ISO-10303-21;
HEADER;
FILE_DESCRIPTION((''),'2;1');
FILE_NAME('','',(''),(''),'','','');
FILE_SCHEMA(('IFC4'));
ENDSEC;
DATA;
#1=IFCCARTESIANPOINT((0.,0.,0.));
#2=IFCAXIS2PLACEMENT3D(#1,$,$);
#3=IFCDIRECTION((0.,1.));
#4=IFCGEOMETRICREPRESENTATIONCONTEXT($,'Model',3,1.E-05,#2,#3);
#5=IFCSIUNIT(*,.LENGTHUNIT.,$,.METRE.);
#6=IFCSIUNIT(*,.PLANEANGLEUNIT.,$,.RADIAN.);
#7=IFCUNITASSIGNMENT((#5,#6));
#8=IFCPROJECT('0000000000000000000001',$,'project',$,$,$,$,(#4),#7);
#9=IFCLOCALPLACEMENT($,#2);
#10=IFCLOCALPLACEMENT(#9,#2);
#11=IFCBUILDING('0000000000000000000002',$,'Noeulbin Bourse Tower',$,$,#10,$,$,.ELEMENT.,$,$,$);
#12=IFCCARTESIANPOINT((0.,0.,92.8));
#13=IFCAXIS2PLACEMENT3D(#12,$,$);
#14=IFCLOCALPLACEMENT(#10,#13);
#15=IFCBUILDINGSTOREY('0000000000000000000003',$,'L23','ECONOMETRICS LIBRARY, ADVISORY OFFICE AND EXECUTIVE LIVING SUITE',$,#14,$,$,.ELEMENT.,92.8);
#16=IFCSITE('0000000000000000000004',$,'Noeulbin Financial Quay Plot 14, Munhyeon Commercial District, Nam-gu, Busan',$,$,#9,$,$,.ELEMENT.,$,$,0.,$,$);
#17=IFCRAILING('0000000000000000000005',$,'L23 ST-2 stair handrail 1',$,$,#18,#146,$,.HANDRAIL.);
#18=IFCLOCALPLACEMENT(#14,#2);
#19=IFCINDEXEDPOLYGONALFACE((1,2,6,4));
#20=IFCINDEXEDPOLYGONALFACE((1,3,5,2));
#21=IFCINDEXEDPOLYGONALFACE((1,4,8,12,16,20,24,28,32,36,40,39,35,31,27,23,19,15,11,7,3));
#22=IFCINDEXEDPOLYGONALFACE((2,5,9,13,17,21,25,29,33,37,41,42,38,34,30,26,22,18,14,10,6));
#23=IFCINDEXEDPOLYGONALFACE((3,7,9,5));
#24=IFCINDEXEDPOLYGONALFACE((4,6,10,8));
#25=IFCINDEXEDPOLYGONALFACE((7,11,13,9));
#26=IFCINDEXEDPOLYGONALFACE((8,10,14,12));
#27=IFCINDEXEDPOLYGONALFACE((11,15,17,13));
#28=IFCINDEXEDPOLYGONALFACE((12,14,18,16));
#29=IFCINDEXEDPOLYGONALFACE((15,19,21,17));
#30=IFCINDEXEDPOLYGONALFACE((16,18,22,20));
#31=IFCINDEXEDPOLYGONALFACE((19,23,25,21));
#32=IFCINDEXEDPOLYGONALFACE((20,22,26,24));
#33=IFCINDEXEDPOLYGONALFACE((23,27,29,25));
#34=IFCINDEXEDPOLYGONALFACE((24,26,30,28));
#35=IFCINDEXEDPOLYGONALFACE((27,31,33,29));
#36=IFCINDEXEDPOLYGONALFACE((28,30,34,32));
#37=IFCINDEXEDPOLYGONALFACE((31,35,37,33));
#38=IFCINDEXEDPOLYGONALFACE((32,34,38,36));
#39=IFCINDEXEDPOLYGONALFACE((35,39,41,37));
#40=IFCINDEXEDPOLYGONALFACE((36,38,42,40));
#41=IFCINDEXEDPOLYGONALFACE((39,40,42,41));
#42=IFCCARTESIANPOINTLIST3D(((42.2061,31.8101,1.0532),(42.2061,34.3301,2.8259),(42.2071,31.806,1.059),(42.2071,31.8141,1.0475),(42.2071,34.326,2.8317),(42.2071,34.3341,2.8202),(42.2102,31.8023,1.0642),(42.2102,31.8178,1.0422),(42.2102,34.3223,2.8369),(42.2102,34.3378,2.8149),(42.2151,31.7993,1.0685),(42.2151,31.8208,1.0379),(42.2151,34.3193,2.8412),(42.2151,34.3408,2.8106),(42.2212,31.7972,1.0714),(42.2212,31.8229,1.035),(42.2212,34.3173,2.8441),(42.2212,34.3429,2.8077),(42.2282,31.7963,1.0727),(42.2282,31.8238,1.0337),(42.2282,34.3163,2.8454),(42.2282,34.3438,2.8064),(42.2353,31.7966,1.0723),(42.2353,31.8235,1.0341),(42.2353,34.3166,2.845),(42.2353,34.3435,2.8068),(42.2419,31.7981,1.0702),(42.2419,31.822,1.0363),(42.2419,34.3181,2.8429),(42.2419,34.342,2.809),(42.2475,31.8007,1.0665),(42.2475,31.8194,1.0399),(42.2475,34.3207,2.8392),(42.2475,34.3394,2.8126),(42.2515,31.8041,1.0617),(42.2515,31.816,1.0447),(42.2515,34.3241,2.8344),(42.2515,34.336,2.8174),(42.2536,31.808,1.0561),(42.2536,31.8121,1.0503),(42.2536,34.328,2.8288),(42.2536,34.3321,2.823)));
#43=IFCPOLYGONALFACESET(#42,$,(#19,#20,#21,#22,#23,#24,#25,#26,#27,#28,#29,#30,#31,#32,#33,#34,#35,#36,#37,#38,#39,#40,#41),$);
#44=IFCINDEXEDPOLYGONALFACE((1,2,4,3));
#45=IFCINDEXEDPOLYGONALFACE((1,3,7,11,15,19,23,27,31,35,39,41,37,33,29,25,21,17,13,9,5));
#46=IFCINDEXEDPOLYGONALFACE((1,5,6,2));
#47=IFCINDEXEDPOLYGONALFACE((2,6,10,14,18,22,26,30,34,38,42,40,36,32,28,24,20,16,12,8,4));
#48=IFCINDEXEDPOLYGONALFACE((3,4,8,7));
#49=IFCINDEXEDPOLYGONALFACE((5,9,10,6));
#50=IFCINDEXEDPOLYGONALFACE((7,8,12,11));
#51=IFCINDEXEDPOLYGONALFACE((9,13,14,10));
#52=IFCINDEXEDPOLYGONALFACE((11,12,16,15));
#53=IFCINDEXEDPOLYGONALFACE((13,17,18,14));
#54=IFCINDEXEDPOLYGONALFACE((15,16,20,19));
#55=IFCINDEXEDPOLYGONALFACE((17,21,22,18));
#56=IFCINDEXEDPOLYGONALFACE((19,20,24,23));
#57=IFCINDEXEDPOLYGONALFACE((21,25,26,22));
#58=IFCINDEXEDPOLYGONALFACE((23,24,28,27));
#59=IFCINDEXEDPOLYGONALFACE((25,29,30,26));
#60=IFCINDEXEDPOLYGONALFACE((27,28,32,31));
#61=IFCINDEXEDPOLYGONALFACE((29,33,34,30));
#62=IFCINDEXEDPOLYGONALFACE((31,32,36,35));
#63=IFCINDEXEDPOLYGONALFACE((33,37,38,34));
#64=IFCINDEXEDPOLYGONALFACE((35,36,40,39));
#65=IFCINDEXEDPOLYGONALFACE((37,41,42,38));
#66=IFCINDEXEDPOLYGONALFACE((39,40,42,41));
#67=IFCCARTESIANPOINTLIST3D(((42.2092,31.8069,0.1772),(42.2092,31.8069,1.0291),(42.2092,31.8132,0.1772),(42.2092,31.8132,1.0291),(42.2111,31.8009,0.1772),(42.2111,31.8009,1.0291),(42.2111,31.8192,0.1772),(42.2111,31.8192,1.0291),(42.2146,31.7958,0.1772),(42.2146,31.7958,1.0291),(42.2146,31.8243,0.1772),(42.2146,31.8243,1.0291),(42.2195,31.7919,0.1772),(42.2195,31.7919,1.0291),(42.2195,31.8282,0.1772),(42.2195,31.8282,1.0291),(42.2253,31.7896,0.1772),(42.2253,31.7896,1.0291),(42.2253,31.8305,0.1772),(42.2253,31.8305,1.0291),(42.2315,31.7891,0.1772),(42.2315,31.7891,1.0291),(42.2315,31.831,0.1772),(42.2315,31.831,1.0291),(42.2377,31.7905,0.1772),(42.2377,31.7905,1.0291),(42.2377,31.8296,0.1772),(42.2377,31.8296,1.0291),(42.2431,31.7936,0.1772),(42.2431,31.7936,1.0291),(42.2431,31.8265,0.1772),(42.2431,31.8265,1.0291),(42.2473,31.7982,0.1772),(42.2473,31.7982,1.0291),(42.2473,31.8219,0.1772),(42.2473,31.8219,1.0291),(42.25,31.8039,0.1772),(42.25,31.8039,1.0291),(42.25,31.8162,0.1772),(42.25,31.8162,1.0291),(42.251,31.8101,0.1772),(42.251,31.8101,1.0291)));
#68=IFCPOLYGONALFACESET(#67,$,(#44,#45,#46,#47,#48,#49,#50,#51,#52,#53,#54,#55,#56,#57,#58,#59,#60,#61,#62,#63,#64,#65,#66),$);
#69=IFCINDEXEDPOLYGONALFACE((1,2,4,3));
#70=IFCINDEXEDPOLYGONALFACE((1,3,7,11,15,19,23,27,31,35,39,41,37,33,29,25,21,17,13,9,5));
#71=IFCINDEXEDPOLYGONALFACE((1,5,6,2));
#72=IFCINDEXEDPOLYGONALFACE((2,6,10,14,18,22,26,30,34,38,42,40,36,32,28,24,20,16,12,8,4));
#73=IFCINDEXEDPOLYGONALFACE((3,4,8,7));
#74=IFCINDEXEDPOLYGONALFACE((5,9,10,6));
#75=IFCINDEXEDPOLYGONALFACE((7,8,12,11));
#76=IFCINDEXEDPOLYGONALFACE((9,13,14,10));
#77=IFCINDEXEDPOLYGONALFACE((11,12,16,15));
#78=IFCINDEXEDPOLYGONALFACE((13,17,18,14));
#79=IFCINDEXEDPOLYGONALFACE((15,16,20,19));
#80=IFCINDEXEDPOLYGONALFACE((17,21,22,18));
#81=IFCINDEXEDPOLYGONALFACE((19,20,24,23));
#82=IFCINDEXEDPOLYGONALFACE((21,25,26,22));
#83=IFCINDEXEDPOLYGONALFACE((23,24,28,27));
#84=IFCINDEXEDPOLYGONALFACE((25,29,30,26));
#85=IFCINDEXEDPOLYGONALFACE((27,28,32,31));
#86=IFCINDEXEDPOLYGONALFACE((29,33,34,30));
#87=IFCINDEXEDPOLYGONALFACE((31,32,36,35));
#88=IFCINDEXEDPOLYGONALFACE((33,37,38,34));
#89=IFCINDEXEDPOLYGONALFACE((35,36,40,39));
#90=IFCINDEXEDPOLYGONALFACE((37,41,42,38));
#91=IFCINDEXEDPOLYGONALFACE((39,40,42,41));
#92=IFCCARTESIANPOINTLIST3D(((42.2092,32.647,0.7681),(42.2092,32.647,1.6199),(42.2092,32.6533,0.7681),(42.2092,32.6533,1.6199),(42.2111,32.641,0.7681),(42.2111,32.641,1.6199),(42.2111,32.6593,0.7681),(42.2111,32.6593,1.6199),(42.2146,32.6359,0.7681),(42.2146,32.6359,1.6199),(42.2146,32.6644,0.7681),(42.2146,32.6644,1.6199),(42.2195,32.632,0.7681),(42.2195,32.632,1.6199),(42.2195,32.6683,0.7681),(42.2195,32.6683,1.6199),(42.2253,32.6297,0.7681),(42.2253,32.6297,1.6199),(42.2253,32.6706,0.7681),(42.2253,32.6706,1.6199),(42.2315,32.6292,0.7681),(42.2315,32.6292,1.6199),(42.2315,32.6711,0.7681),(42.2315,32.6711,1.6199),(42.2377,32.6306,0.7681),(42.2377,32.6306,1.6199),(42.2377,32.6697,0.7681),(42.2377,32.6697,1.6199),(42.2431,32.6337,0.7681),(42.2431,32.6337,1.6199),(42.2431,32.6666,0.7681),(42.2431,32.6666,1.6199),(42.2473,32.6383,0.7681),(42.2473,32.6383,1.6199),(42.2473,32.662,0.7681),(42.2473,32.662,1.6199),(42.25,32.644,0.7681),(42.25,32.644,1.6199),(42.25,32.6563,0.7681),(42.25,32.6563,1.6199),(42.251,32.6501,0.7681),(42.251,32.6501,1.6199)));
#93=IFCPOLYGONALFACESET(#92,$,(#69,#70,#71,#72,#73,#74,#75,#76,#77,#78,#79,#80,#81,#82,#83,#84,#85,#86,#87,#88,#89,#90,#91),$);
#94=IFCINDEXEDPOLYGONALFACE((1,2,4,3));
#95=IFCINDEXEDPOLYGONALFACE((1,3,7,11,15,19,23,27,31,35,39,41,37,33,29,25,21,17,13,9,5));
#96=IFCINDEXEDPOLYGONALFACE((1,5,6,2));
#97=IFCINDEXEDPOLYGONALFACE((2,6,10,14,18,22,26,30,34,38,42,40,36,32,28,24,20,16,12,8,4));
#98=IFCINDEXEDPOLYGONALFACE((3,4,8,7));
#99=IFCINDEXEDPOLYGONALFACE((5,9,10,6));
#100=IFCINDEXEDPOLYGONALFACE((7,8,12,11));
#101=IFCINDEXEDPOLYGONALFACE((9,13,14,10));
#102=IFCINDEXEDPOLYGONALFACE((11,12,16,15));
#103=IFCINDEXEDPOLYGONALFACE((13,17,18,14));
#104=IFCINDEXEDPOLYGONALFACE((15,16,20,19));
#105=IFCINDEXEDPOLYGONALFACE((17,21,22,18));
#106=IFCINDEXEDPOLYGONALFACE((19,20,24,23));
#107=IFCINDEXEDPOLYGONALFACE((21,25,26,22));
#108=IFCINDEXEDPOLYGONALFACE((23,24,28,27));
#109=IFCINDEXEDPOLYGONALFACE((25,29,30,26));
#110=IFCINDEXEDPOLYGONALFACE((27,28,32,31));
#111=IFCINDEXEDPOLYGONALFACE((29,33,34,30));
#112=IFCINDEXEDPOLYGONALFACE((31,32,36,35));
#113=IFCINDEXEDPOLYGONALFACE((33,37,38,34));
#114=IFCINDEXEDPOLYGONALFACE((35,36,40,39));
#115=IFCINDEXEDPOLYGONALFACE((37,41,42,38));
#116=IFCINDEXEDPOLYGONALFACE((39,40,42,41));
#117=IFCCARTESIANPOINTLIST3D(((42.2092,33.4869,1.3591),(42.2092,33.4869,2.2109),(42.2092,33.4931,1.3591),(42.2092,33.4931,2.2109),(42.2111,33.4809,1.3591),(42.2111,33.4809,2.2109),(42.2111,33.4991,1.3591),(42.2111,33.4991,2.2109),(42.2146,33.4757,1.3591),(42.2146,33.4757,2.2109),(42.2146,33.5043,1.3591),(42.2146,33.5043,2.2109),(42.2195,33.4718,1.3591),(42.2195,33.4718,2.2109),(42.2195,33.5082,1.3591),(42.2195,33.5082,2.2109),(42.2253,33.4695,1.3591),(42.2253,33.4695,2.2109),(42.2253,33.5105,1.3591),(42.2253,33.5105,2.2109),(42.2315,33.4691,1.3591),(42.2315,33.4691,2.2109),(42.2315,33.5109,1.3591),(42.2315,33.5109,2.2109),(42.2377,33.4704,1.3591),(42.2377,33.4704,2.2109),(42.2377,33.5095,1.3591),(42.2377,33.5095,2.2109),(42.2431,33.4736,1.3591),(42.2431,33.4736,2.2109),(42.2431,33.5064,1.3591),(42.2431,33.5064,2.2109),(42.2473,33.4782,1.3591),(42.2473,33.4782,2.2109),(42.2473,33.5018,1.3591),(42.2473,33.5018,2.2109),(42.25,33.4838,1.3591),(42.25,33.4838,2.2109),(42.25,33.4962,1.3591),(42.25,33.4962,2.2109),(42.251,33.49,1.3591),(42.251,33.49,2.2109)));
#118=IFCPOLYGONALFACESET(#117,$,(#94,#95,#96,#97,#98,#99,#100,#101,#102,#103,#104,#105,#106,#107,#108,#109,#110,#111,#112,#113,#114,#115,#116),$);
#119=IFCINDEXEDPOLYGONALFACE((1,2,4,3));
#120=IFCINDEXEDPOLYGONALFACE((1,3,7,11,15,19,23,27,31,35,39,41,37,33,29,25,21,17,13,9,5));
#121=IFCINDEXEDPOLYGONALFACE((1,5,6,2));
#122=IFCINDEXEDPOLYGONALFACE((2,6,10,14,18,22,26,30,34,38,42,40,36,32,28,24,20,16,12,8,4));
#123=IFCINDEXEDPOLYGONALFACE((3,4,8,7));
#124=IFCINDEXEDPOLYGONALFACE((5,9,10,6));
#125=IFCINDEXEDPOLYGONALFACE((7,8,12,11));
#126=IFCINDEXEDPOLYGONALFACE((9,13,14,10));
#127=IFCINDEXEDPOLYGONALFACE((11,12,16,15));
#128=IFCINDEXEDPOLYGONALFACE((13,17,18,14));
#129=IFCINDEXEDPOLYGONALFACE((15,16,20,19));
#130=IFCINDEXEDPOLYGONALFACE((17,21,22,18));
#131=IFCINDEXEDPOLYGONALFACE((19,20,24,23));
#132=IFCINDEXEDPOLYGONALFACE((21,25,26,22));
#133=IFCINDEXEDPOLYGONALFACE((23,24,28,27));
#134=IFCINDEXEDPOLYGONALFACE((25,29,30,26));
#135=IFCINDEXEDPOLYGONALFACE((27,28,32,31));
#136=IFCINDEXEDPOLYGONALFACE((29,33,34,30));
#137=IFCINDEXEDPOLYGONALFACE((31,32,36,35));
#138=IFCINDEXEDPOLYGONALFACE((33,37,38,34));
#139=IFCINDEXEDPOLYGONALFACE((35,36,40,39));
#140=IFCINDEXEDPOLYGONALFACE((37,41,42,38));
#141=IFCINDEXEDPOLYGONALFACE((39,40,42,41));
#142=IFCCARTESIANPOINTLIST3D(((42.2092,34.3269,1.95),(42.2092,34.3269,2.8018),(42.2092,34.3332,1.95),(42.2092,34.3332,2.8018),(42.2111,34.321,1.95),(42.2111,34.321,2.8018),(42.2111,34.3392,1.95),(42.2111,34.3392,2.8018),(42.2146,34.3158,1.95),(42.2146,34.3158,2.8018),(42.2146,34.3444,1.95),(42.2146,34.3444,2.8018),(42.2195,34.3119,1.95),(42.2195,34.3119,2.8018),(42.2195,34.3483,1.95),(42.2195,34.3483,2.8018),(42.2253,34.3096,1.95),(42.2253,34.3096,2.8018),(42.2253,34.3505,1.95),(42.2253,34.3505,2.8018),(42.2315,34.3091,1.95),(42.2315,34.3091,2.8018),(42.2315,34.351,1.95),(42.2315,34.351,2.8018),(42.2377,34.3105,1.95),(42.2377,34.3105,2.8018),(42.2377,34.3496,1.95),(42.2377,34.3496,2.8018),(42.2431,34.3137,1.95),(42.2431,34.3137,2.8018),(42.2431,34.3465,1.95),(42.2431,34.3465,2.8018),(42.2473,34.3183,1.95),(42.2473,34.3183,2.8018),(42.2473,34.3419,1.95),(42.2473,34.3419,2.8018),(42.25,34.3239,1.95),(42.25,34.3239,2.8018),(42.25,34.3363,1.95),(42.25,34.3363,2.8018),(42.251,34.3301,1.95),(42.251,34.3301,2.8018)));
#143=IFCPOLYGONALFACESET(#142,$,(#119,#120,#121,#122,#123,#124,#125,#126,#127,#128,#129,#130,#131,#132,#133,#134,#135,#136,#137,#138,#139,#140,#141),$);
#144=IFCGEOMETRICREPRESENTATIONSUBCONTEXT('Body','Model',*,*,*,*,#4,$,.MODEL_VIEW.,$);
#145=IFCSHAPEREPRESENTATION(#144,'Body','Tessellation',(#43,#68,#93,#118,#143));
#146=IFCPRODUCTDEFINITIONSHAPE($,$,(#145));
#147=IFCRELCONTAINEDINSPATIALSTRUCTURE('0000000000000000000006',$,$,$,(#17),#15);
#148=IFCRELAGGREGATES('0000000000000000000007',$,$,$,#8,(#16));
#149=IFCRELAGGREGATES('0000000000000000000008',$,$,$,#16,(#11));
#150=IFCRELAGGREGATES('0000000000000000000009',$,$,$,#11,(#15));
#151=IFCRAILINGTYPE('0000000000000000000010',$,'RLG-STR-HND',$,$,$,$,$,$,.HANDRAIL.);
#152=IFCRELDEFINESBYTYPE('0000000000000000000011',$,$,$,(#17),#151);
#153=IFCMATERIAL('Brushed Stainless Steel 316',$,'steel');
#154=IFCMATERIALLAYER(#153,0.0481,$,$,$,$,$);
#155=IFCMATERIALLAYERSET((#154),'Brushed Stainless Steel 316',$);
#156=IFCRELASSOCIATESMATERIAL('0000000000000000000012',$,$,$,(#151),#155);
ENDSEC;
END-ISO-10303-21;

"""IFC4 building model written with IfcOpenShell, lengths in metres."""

from ifc_helpers import new_model, si_unit, direction, frame, origin, origin_2d, place, context, subcontext, project, spatial, circle, extrude, material, layer, layer_set, type_object, element, save


model = new_model("IFC4")

# Units and contexts
model_context = context("Model", 3, precision=1e-05, world=origin(), true_north=direction((0.0, 1.0)))
body_context = subcontext(model_context, "Body", "Model", "MODEL_VIEW")
ifc_project = project(units=[si_unit("LENGTHUNIT", "METRE"), si_unit("PLANEANGLEUNIT", "RADIAN")], contexts=[model_context])

# Site, building, storey
site_placement = place(None, origin())
site = spatial("IfcSite", under=ifc_project, at=site_placement, Name="Noeulbin Financial Quay Plot 14, Munhyeon Commercial District, Nam-gu, Busan", CompositionType="ELEMENT", RefElevation=0.0)
building_placement = place(site_placement, origin())
building = spatial("IfcBuilding", under=site, at=building_placement, Name="Noeulbin Bourse Tower", CompositionType="ELEMENT")
storey_placement = place(building_placement, frame((0.0, 0.0, 92.8)))
storey = spatial("IfcBuildingStorey", under=building, at=storey_placement, Name="L23", Description="ECONOMETRICS LIBRARY, ADVISORY OFFICE AND EXECUTIVE LIVING SUITE", CompositionType="ELEMENT", Elevation=92.8)

# Railing
ifc_material_1 = material(Name="Brushed Stainless Steel 316", Category="steel")
ifc_layer_1 = layer(ifc_material_1, 0.0481)
ifc_layer_set_1 = layer_set([ifc_layer_1], Name="Brushed Stainless Steel 316")
railing_type_1 = type_object("IfcRailingType", Name="RLG-STR-HND", PredefinedType="HANDRAIL", material=ifc_layer_set_1)
railing_1_placement = place(storey_placement, frame((42.23, 31.8101, 0.1772)))
element("IfcRailing", 1, at=railing_1_placement, inside=storey, type_object=railing_type_1, Name="L23 ST-2 stair handrail 1", PredefinedType="HANDRAIL", context=body_context, shape_type="SweptSolid", body=[
    extrude(circle(Radius=0.0239, at=origin_2d()), frame((0.0, 0.0, 0.876), z_axis=(0.0, 0.817904, 0.575354), x_axis=(-1.0, 0.0, 0.0)), (0.0, 0.0, 1.0), 3.0811),
    extrude(circle(Radius=0.021, at=origin_2d()), origin(), (0.0, 0.0, 1.0), 0.8518),
    extrude(circle(Radius=0.021, at=origin_2d()), frame((0.0, 0.8401, 0.5908)), (0.0, 0.0, 1.0), 0.8518),
    extrude(circle(Radius=0.021, at=origin_2d()), frame((0.0, 1.6799, 1.1819)), (0.0, 0.0, 1.0), 0.8518),
    extrude(circle(Radius=0.021, at=origin_2d()), frame((0.0, 2.52, 1.7727)), (0.0, 0.0, 1.0), 0.8518),
])

save(model, "model.ifc")
